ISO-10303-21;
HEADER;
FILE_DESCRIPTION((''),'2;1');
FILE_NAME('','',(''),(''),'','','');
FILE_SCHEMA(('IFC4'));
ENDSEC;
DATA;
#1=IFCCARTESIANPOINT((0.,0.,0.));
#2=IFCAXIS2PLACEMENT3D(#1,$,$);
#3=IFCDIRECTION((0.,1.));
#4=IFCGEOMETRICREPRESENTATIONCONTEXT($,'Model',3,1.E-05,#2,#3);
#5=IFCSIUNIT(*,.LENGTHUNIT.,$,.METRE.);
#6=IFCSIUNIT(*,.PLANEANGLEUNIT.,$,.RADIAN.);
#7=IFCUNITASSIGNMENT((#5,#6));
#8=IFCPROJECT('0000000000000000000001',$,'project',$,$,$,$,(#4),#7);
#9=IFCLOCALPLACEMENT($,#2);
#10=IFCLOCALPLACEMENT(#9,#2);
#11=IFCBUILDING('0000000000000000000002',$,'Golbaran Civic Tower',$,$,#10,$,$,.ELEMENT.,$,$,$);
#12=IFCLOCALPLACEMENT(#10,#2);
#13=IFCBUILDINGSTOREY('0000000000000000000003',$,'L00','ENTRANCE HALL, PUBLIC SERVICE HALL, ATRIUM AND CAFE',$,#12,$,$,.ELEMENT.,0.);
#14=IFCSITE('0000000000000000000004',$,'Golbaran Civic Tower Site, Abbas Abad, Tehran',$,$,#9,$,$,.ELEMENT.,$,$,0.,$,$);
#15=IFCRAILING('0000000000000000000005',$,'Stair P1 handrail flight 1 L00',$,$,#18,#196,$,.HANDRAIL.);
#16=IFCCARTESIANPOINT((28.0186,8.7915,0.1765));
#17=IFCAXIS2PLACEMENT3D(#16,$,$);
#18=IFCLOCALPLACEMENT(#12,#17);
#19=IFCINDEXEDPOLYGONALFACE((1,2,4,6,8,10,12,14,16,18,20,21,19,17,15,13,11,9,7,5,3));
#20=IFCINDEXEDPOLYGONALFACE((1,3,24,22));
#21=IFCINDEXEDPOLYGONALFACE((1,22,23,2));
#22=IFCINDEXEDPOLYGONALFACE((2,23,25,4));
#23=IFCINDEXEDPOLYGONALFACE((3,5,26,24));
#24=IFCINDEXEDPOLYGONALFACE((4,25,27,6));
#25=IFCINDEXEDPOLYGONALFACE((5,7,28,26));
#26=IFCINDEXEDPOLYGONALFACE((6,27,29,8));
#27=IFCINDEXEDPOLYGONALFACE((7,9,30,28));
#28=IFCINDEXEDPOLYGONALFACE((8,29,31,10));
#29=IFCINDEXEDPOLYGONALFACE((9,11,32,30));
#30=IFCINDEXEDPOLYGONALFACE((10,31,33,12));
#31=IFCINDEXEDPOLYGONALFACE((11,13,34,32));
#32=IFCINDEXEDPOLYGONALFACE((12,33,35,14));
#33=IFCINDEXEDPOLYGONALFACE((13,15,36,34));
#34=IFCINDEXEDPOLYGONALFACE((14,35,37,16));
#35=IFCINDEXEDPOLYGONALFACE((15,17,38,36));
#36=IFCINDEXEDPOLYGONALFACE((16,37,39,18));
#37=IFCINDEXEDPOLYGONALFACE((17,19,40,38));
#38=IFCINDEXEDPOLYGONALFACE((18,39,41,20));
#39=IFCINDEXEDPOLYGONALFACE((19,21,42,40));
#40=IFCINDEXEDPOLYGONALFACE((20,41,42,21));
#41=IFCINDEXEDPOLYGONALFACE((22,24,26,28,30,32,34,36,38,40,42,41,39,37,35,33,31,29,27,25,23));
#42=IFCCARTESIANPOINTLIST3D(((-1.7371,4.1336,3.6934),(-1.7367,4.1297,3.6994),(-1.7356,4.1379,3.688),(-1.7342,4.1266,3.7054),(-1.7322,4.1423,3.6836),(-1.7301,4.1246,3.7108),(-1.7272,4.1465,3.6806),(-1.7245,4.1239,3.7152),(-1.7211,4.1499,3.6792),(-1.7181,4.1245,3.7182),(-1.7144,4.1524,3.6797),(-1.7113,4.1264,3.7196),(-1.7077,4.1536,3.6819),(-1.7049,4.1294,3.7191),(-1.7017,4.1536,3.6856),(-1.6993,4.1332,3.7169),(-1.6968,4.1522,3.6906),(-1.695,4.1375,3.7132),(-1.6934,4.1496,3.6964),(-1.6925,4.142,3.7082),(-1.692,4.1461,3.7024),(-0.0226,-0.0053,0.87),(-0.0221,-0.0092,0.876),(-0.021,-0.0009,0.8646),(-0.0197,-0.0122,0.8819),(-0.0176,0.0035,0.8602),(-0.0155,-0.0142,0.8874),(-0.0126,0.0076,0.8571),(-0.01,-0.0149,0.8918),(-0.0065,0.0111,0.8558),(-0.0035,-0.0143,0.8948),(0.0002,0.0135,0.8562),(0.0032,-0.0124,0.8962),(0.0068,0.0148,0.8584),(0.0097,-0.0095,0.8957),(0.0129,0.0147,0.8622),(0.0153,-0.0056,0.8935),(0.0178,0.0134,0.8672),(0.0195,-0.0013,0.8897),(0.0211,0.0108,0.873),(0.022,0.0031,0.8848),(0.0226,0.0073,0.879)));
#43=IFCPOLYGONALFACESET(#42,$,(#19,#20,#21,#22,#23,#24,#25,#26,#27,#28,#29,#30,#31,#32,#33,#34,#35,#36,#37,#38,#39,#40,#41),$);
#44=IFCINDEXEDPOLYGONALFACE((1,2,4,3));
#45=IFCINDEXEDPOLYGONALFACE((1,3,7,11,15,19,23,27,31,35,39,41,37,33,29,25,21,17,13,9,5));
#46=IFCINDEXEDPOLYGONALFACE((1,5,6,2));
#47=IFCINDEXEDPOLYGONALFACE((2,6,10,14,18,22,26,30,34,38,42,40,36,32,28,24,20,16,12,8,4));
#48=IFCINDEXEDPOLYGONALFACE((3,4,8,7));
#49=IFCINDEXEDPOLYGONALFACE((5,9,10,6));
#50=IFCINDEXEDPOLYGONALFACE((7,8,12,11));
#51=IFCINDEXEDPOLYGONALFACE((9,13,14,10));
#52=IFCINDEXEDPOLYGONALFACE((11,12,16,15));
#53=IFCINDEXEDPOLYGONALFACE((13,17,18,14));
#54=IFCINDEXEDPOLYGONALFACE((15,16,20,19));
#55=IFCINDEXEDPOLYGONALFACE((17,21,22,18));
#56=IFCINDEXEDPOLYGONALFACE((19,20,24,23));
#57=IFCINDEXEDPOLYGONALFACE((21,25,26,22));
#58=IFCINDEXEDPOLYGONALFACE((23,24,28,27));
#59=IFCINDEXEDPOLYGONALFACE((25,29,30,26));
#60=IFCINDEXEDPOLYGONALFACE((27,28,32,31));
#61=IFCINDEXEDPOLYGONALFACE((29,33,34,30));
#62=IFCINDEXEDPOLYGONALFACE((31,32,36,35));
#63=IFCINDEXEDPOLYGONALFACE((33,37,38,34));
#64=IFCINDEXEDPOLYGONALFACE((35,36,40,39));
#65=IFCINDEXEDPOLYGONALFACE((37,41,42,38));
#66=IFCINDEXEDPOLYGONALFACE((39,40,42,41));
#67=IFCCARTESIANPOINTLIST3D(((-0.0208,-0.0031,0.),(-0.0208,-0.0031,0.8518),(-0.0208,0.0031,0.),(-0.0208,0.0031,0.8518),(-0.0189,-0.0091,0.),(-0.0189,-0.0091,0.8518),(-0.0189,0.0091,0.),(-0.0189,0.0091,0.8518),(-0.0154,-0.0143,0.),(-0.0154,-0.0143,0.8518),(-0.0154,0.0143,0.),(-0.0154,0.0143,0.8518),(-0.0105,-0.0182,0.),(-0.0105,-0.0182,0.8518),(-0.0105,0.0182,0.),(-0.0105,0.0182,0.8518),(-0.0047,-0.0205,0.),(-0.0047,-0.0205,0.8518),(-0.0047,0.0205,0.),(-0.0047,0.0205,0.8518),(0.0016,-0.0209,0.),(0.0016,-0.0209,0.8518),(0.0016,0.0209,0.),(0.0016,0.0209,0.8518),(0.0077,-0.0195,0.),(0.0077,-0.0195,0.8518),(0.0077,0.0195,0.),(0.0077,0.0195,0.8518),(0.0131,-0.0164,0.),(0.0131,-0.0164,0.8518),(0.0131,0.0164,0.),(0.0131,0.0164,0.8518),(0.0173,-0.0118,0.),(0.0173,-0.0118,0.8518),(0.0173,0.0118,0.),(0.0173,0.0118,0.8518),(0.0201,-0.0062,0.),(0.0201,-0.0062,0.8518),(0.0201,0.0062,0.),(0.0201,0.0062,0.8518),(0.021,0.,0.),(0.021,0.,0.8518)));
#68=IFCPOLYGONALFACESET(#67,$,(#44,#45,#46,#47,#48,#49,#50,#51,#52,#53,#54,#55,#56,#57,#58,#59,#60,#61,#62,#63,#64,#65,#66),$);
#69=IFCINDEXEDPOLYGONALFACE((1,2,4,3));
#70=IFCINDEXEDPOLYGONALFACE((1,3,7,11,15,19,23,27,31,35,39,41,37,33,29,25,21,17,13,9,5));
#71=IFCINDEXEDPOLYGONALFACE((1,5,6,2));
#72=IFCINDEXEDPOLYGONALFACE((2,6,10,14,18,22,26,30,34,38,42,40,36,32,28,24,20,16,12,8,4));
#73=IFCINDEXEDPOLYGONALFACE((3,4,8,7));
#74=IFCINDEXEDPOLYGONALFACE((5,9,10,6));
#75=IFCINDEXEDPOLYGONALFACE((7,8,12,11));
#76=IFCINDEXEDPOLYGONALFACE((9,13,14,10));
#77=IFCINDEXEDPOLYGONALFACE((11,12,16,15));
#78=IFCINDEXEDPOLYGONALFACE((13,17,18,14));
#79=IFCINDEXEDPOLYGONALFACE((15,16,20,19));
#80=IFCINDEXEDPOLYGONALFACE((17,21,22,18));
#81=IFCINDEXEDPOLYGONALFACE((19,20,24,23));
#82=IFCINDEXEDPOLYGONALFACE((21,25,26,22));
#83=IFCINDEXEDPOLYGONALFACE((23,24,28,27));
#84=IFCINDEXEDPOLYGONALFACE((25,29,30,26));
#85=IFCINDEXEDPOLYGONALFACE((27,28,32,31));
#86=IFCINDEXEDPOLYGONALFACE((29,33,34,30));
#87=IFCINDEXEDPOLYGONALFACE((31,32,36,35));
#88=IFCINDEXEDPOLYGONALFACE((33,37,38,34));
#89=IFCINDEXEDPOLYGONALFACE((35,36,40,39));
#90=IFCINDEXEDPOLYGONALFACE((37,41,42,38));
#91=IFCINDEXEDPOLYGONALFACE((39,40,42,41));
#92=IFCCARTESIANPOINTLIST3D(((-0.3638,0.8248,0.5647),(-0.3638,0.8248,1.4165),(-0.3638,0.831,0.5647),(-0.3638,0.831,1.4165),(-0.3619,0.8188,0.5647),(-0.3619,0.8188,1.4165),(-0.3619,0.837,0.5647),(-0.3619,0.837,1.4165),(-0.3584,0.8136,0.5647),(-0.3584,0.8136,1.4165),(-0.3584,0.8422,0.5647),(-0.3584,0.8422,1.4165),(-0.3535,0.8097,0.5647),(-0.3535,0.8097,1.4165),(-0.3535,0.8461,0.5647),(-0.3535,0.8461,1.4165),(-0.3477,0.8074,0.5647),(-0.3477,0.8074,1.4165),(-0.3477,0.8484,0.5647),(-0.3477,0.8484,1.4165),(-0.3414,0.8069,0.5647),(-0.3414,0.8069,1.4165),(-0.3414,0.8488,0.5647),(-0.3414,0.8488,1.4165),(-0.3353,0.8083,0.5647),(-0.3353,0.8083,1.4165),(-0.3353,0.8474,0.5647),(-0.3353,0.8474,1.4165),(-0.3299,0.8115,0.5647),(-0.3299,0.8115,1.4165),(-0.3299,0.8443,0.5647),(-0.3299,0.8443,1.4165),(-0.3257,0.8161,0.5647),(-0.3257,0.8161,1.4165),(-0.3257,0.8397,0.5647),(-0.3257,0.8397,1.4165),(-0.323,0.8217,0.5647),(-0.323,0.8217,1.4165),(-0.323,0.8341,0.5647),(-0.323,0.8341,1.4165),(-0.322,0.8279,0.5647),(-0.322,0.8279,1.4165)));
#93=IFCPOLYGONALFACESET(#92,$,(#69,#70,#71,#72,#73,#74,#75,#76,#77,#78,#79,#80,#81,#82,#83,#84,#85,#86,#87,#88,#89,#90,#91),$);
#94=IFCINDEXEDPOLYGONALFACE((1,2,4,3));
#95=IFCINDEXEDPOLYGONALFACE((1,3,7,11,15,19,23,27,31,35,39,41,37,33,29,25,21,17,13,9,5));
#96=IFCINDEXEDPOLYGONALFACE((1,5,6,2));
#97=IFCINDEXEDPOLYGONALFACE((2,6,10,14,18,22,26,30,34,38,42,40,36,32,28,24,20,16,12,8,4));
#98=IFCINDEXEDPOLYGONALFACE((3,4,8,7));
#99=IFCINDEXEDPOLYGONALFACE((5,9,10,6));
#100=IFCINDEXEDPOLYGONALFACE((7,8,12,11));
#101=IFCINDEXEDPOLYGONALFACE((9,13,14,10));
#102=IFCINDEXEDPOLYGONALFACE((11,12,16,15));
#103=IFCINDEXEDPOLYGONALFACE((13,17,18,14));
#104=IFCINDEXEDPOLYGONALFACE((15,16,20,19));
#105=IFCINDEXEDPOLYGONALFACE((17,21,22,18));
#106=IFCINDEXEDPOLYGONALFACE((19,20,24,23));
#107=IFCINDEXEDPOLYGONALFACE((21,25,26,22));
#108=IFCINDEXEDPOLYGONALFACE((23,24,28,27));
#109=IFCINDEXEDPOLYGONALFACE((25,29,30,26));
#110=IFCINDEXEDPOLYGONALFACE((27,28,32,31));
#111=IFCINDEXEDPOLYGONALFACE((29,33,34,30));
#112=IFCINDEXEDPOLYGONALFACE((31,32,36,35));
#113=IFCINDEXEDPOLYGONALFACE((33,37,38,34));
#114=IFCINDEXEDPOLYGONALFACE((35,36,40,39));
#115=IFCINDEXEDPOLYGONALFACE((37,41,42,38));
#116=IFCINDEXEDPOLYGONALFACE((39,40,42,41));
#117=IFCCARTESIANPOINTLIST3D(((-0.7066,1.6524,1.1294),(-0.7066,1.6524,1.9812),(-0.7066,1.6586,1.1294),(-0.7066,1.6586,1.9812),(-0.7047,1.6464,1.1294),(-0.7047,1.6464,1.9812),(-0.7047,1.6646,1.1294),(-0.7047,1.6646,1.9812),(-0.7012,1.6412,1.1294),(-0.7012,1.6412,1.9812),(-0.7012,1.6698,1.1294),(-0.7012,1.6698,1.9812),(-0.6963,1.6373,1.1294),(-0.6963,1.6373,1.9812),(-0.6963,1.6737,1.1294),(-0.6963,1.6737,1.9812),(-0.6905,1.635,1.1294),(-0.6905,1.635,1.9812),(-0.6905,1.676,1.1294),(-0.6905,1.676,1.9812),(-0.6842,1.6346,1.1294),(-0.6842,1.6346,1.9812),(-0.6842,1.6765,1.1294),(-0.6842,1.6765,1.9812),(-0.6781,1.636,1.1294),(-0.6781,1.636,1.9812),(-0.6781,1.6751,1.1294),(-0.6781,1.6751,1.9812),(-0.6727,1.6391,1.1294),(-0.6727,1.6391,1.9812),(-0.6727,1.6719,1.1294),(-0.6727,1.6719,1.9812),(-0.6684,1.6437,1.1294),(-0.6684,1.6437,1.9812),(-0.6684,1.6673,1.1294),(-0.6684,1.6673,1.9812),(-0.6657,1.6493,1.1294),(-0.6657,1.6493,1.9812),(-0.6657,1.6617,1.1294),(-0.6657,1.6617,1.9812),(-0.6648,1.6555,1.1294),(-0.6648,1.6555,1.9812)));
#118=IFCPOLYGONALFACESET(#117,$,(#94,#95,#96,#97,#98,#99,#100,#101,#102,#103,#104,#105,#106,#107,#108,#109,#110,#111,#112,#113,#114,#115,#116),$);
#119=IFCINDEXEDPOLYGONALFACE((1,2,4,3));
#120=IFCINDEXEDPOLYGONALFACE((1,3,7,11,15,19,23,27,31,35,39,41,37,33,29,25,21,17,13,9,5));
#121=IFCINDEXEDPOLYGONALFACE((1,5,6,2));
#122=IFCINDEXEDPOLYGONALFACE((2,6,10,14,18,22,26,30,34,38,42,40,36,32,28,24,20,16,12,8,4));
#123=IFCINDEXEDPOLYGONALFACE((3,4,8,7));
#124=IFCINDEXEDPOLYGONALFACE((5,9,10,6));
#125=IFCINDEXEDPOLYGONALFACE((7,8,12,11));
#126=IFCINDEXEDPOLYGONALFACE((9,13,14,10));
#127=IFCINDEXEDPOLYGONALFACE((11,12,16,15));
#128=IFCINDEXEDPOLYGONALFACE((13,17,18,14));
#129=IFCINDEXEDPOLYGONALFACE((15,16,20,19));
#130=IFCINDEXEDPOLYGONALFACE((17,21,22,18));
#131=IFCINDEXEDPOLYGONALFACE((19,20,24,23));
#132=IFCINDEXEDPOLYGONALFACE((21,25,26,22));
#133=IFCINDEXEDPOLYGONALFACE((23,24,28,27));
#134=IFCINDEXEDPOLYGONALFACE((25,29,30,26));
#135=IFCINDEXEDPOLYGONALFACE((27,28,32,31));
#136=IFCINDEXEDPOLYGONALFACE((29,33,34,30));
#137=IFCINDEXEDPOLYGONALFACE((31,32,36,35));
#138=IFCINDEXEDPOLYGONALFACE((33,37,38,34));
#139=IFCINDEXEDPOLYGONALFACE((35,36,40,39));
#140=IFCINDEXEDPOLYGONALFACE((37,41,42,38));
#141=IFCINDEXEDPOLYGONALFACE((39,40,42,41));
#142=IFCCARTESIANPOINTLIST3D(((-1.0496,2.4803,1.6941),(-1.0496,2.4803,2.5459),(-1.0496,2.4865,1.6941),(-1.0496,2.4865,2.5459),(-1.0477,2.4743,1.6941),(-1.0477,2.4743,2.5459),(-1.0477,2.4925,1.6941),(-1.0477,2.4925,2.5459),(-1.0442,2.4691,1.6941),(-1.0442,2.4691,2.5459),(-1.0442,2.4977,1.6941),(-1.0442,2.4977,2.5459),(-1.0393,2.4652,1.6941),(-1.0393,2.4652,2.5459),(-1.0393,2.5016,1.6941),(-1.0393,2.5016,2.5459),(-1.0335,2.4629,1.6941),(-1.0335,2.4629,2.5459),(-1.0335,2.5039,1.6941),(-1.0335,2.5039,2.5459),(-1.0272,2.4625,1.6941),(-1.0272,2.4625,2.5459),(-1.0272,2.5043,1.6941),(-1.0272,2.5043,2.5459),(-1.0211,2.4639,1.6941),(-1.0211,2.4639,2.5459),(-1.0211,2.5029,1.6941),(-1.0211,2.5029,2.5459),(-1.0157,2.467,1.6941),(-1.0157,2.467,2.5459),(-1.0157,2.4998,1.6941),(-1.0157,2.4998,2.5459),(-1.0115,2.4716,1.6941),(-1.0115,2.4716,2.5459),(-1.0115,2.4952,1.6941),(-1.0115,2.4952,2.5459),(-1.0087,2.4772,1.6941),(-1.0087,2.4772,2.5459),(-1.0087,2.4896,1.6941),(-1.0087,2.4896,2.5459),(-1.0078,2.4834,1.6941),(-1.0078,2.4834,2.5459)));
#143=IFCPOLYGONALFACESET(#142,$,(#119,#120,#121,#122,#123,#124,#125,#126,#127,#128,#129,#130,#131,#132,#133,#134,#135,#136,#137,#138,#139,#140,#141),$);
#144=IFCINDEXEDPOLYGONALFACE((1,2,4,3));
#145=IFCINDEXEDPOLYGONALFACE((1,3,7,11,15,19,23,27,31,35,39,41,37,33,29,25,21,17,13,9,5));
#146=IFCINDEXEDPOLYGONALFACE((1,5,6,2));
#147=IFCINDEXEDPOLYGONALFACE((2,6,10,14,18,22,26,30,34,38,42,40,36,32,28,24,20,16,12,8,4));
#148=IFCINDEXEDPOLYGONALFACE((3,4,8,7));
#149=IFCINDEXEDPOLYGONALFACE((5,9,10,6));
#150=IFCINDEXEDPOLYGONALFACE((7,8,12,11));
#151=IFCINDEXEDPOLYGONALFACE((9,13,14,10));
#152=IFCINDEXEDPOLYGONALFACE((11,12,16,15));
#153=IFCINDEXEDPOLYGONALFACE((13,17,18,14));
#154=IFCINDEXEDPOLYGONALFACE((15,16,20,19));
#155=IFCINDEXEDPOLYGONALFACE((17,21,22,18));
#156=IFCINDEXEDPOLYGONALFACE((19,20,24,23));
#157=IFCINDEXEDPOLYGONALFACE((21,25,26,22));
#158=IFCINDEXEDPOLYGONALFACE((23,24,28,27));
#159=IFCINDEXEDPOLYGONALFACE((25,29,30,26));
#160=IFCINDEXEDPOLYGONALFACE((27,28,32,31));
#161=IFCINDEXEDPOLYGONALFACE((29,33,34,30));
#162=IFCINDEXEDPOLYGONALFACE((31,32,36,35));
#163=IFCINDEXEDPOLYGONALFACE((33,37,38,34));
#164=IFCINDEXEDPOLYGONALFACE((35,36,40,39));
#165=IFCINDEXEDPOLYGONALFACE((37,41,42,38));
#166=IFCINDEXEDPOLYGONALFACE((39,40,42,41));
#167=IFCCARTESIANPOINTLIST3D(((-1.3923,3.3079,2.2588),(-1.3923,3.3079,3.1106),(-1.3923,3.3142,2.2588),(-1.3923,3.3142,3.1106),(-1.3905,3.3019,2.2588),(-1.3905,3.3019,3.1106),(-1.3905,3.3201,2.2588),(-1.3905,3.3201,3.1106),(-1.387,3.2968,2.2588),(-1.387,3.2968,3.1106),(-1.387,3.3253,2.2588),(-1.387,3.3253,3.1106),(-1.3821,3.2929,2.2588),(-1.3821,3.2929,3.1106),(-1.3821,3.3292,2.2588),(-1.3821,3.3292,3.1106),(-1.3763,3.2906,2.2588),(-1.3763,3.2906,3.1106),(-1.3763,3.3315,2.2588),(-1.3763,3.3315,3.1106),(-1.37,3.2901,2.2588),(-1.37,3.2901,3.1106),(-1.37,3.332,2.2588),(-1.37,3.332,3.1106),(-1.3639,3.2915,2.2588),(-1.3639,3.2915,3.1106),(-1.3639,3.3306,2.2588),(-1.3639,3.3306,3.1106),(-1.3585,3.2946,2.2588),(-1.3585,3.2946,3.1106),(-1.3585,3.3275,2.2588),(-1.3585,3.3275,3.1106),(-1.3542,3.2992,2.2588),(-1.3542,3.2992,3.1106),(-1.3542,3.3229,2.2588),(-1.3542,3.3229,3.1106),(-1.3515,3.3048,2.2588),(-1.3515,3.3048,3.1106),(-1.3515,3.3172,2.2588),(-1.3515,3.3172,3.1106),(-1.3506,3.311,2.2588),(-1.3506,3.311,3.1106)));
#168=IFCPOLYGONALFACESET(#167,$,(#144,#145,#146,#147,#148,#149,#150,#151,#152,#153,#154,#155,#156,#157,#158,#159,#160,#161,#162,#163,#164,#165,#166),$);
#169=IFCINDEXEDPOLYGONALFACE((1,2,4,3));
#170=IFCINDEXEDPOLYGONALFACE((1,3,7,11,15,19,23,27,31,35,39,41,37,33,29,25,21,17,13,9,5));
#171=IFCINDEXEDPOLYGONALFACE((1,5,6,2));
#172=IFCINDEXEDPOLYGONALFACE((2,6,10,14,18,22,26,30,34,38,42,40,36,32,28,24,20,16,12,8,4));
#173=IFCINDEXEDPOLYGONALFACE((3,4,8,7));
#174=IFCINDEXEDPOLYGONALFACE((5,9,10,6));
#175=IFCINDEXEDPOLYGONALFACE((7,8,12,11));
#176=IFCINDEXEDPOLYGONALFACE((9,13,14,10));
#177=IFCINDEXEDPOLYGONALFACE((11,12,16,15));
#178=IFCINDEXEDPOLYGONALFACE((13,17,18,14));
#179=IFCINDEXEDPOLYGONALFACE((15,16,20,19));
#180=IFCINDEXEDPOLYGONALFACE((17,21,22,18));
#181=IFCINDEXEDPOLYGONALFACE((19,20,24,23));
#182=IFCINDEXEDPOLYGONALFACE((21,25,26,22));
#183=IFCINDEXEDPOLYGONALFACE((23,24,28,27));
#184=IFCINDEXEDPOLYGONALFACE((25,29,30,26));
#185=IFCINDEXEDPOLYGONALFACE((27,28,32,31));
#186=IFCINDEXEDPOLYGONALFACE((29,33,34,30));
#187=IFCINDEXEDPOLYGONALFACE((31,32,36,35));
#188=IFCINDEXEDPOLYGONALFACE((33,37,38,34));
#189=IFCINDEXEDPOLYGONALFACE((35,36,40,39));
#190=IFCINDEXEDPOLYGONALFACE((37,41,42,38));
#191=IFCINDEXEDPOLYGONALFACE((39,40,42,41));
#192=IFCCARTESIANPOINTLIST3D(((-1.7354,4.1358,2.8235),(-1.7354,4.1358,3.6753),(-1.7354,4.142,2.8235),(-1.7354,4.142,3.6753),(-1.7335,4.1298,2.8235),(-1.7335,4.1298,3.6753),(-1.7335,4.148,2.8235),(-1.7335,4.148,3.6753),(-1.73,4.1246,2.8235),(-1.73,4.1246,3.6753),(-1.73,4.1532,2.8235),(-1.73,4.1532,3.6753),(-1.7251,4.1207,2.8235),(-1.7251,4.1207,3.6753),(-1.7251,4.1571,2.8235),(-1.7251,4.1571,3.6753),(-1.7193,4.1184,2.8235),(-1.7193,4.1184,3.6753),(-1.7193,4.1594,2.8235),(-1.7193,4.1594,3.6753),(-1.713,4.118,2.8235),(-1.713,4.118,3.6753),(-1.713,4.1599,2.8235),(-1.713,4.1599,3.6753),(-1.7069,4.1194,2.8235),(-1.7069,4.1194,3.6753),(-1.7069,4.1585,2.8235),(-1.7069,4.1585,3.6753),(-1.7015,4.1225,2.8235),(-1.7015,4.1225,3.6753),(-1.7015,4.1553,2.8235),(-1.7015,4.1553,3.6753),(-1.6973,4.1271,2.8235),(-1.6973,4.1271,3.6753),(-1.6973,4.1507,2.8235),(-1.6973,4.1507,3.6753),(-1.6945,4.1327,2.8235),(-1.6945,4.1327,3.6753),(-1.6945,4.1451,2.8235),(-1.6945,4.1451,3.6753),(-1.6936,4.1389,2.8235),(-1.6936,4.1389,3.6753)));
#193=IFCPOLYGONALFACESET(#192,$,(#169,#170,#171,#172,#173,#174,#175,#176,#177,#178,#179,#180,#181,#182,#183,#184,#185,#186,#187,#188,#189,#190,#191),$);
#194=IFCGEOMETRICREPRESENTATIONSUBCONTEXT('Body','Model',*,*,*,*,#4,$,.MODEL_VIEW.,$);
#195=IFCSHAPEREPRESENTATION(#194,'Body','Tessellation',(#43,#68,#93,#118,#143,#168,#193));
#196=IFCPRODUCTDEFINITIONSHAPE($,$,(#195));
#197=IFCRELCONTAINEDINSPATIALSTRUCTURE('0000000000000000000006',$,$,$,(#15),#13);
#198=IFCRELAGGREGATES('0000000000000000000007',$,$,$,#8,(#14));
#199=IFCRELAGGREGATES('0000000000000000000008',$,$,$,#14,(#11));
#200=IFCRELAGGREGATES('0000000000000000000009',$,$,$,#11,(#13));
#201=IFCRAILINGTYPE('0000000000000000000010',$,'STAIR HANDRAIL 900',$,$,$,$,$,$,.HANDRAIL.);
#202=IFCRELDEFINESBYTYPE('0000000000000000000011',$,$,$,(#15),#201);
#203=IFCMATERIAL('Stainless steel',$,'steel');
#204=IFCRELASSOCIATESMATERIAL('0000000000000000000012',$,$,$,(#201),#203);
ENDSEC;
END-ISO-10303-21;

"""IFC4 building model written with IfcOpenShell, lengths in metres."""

from ifc_helpers import new_model, si_unit, direction, frame, origin, origin_2d, place, context, subcontext, project, spatial, circle, extrude, material, type_object, element, save


model = new_model("IFC4")

# Units and contexts
model_context = context("Model", 3, precision=1e-05, world=origin(), true_north=direction((0.0, 1.0)))
body_context = subcontext(model_context, "Body", "Model", "MODEL_VIEW")
ifc_project = project(units=[si_unit("LENGTHUNIT", "METRE"), si_unit("PLANEANGLEUNIT", "RADIAN")], contexts=[model_context])

# Site, building, storey
site_placement = place(None, origin())
site = spatial("IfcSite", under=ifc_project, at=site_placement, Name="Golbaran Civic Tower Site, Abbas Abad, Tehran", CompositionType="ELEMENT", RefElevation=0.0)
building_placement = place(site_placement, origin())
building = spatial("IfcBuilding", under=site, at=building_placement, Name="Golbaran Civic Tower", CompositionType="ELEMENT")
storey_placement = place(building_placement, origin())
storey = spatial("IfcBuildingStorey", under=building, at=storey_placement, Name="L00", Description="ENTRANCE HALL, PUBLIC SERVICE HALL, ATRIUM AND CAFE", CompositionType="ELEMENT", Elevation=0.0)

# Railing
ifc_material_1 = material(Name="Stainless steel", Category="steel")
railing_type_1 = type_object("IfcRailingType", Name="STAIR HANDRAIL 900", PredefinedType="HANDRAIL", material=ifc_material_1)
railing_1_placement = place(storey_placement, frame((28.0186, 8.7915, 0.1765)))
element("IfcRailing", 1, at=railing_1_placement, inside=storey, type_object=railing_type_1, Name="Stair P1 handrail flight 1 L00", PredefinedType="HANDRAIL", context=body_context, shape_type="SweptSolid", body=[
    extrude(circle(Radius=0.0239, at=origin_2d()), frame((0.0, 0.0, 0.876), z_axis=(-0.323783, 0.781588, 0.533184), x_axis=(-0.923863, -0.382722, 0.0)), (0.0, 0.0, 1.0), 5.2954),
    extrude(circle(Radius=0.021, at=origin_2d()), origin(), (0.0, 0.0, 1.0), 0.8518),
    extrude(circle(Radius=0.021, at=origin_2d()), frame((-0.343, 0.8279, 0.5647)), (0.0, 0.0, 1.0), 0.8518),
    extrude(circle(Radius=0.021, at=origin_2d()), frame((-0.6858, 1.6555, 1.1294)), (0.0, 0.0, 1.0), 0.8518),
    extrude(circle(Radius=0.021, at=origin_2d()), frame((-1.0288, 2.4834, 1.6941)), (0.0, 0.0, 1.0), 0.8518),
    extrude(circle(Radius=0.021, at=origin_2d()), frame((-1.3716, 3.311, 2.2588)), (0.0, 0.0, 1.0), 0.8518),
    extrude(circle(Radius=0.021, at=origin_2d()), frame((-1.7146, 4.1389, 2.8235)), (0.0, 0.0, 1.0), 0.8518),
])

save(model, "model.ifc")
